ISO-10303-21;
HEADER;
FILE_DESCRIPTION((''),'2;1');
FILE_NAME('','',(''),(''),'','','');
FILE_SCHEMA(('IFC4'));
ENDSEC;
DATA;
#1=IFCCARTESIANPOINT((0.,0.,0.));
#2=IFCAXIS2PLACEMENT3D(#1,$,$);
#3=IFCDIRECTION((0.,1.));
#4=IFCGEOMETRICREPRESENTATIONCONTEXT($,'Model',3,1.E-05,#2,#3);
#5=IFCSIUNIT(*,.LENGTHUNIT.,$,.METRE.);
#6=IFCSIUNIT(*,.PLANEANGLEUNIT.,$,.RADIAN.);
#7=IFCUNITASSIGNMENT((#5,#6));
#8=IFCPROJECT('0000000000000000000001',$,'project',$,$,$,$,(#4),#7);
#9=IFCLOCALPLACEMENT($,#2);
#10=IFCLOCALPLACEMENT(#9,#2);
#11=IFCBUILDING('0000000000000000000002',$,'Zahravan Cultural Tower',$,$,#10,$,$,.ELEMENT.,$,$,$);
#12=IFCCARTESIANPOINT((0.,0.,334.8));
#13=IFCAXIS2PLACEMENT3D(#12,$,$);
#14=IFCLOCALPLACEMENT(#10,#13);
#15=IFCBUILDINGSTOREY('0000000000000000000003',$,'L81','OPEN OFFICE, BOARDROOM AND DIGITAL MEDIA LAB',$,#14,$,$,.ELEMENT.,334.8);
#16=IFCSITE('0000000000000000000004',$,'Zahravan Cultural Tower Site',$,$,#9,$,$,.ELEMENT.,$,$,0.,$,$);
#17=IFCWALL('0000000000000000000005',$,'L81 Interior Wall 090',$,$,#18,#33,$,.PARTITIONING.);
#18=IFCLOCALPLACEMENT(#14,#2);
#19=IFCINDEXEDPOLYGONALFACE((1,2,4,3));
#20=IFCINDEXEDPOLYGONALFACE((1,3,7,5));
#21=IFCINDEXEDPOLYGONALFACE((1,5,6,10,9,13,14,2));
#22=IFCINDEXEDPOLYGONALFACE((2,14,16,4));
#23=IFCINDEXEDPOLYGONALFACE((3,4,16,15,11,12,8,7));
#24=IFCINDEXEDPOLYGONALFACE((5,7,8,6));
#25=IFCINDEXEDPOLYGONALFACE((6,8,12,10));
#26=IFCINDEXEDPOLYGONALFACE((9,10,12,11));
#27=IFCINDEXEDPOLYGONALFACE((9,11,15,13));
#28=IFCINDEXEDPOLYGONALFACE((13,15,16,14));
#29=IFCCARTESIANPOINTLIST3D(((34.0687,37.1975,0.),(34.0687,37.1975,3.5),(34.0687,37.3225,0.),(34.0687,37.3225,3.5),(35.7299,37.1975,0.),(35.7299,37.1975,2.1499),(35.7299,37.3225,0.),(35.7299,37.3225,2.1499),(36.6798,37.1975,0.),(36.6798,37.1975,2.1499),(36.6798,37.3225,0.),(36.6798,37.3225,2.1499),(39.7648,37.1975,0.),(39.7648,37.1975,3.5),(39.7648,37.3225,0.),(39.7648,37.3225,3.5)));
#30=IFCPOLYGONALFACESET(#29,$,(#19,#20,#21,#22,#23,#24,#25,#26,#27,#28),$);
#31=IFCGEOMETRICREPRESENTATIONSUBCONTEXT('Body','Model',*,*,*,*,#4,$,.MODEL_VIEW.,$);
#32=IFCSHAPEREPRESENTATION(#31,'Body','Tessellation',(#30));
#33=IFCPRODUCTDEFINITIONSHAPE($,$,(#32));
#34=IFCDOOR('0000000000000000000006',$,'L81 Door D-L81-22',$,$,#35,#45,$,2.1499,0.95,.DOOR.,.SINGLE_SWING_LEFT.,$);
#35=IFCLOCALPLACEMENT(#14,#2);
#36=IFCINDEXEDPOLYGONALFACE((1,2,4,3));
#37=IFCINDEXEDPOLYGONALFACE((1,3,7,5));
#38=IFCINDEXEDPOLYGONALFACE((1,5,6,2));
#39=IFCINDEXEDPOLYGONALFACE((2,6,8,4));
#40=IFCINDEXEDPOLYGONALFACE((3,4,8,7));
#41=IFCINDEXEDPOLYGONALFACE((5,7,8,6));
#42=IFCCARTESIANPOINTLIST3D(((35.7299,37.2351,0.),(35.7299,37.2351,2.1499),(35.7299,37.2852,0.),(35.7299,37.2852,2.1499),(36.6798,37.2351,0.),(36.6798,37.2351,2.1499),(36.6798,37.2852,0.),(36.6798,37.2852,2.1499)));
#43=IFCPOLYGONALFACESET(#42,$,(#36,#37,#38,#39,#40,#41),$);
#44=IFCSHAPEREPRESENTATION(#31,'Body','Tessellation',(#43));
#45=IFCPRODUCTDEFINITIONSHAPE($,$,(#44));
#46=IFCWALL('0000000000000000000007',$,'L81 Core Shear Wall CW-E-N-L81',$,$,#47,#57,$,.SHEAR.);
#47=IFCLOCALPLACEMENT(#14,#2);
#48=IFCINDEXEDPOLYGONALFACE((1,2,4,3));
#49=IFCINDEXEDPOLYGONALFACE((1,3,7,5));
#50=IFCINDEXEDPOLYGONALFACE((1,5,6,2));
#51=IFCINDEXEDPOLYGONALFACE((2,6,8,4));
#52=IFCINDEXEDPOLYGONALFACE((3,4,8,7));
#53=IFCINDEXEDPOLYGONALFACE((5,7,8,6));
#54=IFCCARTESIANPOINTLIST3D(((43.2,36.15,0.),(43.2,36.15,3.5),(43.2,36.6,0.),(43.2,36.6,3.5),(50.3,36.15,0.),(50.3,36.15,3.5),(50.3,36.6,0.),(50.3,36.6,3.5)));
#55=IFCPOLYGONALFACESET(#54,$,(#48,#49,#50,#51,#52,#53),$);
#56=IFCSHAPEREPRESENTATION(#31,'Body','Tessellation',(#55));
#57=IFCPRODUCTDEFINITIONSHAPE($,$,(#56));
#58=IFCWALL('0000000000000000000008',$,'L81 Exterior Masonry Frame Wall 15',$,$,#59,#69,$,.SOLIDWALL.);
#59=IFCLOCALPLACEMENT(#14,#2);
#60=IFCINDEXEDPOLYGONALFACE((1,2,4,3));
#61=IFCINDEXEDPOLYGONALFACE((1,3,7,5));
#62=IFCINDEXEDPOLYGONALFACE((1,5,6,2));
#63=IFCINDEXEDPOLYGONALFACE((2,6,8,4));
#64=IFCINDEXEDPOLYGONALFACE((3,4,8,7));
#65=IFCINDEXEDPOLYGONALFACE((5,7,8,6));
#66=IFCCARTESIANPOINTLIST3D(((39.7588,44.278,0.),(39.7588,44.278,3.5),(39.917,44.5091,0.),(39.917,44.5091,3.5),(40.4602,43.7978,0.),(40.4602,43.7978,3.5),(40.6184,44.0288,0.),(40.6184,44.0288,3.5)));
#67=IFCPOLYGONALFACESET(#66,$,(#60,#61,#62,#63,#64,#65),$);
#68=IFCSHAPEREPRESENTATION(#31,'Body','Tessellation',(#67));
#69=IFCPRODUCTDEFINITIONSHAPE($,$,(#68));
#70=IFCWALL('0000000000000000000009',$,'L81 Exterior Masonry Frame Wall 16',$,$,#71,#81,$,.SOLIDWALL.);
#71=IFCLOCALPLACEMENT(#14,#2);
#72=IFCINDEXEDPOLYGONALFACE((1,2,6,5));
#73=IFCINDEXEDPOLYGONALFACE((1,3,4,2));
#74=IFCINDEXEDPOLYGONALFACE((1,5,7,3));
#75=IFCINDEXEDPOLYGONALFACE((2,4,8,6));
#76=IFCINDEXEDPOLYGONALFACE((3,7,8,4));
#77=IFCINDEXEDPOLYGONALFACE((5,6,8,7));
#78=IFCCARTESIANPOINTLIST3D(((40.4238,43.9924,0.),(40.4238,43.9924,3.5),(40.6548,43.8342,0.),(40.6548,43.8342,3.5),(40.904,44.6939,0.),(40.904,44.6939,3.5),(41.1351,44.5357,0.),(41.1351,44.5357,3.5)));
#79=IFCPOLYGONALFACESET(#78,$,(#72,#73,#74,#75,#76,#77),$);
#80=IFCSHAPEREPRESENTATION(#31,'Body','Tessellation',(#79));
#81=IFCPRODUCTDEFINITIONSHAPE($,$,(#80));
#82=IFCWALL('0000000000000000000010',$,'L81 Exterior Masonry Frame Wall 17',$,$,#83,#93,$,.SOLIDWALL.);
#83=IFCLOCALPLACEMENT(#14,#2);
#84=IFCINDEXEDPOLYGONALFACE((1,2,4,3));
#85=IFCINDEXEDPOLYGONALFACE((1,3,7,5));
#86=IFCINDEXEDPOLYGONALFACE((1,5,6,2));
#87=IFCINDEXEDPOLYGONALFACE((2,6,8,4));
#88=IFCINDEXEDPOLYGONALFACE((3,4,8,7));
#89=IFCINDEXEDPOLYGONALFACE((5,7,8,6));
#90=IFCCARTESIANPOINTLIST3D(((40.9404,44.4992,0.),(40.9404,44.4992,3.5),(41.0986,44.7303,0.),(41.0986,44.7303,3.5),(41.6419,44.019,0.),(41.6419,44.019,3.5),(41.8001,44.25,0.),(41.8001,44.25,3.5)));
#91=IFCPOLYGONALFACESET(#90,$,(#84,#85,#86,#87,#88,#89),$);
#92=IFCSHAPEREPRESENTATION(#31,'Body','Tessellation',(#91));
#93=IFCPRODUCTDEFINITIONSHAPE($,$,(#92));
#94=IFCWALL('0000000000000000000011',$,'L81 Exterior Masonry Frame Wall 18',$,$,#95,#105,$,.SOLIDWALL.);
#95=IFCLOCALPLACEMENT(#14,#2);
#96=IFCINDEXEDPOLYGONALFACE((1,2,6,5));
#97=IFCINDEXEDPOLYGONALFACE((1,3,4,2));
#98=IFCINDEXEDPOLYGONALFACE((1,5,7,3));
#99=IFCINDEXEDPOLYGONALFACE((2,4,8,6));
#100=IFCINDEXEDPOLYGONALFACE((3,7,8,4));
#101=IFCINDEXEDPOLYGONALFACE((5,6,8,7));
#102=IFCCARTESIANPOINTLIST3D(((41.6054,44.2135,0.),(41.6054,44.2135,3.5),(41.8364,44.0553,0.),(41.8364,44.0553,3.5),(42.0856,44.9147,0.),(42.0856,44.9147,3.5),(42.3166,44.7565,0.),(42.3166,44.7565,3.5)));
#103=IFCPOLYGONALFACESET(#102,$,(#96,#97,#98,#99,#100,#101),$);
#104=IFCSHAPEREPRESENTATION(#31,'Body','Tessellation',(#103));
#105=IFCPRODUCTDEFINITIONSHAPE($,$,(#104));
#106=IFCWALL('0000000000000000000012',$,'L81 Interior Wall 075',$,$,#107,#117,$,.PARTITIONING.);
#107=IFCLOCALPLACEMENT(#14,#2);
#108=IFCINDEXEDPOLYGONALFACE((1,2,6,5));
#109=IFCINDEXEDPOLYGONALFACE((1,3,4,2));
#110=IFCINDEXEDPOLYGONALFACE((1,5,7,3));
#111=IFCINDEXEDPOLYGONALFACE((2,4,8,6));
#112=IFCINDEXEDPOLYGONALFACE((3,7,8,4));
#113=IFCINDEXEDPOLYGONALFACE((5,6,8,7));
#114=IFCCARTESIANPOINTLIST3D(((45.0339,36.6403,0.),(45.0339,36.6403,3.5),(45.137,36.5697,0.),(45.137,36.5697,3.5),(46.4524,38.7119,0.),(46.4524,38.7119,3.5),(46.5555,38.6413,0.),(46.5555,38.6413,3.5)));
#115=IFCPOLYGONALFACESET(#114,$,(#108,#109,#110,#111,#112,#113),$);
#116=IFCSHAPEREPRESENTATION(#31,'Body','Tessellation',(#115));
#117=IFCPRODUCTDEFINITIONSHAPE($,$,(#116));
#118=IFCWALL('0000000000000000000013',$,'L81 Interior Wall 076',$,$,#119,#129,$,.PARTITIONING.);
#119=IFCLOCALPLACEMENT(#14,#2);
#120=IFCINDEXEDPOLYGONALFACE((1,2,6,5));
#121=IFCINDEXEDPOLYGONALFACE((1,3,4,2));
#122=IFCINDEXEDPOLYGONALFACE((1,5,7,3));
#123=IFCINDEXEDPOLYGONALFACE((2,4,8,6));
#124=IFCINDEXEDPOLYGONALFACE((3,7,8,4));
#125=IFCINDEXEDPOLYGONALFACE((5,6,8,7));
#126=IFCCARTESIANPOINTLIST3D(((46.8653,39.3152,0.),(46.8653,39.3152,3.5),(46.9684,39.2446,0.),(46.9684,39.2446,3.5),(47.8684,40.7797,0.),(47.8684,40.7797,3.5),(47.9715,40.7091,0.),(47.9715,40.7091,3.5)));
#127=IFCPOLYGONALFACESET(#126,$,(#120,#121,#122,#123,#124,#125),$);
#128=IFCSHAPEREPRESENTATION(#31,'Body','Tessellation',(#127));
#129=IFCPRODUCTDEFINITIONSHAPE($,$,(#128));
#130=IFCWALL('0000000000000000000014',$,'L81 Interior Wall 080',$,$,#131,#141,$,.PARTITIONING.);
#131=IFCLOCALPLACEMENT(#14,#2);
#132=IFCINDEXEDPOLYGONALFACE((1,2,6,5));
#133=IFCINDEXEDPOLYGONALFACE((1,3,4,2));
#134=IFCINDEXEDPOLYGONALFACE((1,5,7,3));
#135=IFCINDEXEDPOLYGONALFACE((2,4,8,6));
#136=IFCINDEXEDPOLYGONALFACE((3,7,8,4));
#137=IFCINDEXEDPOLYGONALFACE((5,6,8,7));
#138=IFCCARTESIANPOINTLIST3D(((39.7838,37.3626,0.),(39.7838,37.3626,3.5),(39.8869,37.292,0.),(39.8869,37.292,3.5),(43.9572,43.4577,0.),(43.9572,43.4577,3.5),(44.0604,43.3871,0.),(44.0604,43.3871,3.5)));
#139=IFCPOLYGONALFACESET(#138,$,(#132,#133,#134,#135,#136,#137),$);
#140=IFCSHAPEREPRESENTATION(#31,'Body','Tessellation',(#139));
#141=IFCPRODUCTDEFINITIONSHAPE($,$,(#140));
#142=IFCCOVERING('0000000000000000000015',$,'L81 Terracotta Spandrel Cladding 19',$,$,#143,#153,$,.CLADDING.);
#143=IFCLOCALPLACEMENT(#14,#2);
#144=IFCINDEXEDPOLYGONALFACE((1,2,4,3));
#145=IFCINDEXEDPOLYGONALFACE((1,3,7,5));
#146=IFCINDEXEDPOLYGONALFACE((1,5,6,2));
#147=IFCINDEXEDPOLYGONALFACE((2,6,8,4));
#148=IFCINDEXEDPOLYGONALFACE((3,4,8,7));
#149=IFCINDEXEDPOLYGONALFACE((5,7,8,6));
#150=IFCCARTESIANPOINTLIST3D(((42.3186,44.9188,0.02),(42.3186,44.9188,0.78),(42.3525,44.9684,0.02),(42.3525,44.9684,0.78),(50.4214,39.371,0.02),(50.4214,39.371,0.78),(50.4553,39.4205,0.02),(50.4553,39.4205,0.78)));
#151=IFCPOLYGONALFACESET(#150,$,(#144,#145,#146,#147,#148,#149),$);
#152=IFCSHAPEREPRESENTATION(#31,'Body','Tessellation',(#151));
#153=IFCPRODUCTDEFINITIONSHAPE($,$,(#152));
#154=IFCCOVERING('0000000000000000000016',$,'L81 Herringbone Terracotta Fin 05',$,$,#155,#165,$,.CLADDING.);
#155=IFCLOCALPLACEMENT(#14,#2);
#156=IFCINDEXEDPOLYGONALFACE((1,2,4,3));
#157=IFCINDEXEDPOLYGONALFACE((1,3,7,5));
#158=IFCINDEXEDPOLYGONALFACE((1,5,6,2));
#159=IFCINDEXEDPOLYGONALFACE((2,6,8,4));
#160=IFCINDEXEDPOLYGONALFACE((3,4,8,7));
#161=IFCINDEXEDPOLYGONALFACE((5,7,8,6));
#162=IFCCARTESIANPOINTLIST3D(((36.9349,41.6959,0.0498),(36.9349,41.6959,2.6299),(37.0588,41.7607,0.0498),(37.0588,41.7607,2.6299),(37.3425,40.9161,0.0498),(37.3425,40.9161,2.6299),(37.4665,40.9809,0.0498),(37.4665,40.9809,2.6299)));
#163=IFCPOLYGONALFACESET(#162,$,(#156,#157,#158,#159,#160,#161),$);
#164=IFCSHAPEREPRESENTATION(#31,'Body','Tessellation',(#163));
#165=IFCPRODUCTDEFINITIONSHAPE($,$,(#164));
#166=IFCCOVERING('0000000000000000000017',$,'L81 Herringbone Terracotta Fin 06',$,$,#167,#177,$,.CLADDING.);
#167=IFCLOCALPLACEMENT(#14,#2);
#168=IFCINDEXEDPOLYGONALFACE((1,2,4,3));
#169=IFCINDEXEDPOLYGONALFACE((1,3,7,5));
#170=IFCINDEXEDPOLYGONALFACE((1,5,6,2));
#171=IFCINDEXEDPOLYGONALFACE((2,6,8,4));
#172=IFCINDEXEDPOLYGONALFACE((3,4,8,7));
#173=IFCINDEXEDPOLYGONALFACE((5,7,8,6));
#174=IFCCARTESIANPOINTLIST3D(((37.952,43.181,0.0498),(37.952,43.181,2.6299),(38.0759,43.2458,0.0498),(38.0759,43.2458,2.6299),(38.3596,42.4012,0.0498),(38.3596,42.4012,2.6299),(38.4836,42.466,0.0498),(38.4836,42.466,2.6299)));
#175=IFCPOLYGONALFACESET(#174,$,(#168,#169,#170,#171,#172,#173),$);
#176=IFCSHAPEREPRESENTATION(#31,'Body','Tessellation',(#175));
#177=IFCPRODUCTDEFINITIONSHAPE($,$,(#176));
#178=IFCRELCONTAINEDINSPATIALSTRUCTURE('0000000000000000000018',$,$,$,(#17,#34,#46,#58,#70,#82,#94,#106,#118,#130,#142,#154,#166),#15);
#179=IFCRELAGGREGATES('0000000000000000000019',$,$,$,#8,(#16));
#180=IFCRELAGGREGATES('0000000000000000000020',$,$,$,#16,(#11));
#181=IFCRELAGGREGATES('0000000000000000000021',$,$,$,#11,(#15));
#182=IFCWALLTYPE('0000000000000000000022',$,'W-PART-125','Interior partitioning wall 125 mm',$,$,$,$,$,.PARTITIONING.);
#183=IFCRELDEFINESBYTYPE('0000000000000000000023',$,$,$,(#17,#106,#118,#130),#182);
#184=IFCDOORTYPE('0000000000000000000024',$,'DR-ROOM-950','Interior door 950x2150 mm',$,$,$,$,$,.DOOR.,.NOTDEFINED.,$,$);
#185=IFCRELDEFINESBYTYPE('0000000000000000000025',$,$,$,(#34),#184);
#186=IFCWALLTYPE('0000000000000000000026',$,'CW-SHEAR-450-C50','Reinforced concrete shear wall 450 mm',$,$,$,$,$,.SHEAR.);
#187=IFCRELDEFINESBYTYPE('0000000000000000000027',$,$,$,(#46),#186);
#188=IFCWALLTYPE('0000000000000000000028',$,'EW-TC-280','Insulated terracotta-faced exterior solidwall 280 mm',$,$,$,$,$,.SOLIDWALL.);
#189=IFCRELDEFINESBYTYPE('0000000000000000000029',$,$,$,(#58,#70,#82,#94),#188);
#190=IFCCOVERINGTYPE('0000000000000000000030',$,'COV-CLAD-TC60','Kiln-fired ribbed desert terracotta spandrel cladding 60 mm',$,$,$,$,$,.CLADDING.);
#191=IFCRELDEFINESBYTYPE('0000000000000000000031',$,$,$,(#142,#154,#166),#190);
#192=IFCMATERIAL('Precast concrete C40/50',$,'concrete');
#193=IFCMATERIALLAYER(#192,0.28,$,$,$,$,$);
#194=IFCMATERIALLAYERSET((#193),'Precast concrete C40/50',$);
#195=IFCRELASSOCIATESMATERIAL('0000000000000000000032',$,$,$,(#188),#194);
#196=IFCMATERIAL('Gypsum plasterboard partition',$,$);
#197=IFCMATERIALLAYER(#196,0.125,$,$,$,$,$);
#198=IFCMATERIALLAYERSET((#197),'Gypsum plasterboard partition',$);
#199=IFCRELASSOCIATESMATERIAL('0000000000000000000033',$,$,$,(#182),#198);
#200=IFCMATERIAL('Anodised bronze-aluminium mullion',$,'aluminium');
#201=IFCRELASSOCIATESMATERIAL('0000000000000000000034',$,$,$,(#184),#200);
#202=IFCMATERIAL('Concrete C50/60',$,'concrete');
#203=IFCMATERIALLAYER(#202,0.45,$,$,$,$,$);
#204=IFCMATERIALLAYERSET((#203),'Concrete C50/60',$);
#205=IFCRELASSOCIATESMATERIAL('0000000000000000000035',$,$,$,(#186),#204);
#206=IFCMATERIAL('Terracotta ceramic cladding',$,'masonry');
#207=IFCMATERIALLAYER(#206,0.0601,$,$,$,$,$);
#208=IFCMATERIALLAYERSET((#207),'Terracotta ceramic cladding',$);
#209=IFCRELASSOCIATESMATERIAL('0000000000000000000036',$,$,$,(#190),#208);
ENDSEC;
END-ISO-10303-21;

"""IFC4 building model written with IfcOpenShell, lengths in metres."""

from ifc_helpers import new_model, si_unit, direction, frame, frame_2d, origin, origin_2d, place, context, subcontext, project, spatial, rectangle, extrude, source, transform, mapped, material, layer, layer_set, type_object, element, fill, save


model = new_model("IFC4")

# Units and contexts
model_context = context("Model", 3, precision=1e-05, world=origin(), true_north=direction((0.0, 1.0)))
body_context = subcontext(model_context, "Body", "Model", "MODEL_VIEW")
ifc_project = project(units=[si_unit("LENGTHUNIT", "METRE"), si_unit("PLANEANGLEUNIT", "RADIAN")], contexts=[model_context])

# Site, building, storey
site_placement = place(None, origin())
site = spatial("IfcSite", under=ifc_project, at=site_placement, Name="Zahravan Cultural Tower Site", CompositionType="ELEMENT", RefElevation=0.0)
building_placement = place(site_placement, origin())
building = spatial("IfcBuilding", under=site, at=building_placement, Name="Zahravan Cultural Tower", CompositionType="ELEMENT")
storey_placement = place(building_placement, frame((0.0, 0.0, 334.8)))
storey = spatial("IfcBuildingStorey", under=building, at=storey_placement, Name="L81", Description="OPEN OFFICE, BOARDROOM AND DIGITAL MEDIA LAB", CompositionType="ELEMENT", Elevation=334.8)

# Shared definitions
ifc_material_1 = material(Name="Precast concrete C40/50", Category="concrete")
ifc_layer_1 = layer(ifc_material_1, 0.28)
ifc_layer_set_1 = layer_set([ifc_layer_1], Name="Precast concrete C40/50")
wall_type_1 = type_object("IfcWallType", Name="EW-TC-280", Description="Insulated terracotta-faced exterior solidwall 280 mm", PredefinedType="SOLIDWALL", material=ifc_layer_set_1)

# Wall, opening, door
ifc_material_2 = material(Name="Gypsum plasterboard partition")
ifc_layer_2 = layer(ifc_material_2, 0.125)
ifc_layer_set_2 = layer_set([ifc_layer_2], Name="Gypsum plasterboard partition")
wall_type_2 = type_object("IfcWallType", Name="W-PART-125", Description="Interior partitioning wall 125 mm", PredefinedType="PARTITIONING", material=ifc_layer_set_2)
ifc_material_3 = material(Name="Anodised bronze-aluminium mullion", Category="aluminium")
door_type = type_object("IfcDoorType", Name="DR-ROOM-950", Description="Interior door 950x2150 mm", OperationType="NOTDEFINED", PredefinedType="DOOR", material=ifc_material_3)
shared_shape_1 = source(origin(), body_context, "Body", "SweptSolid", [
    extrude(rectangle(XDim=0.95, YDim=2.1499, at=frame_2d((0.4751, 1.075))), frame((0.0, 0.0249, 0.0), z_axis=(0.0, -1.0, 0.0), x_axis=(1.0, 0.0, 0.0)), (0.0, 0.0, 1.0), 0.05),
])
wall_1_placement = place(storey_placement, frame((39.7649, 37.26, 0.0), z_axis=(0.0, 0.0, 1.0), x_axis=(-1.0, 0.0, 0.0)))
wall_1 = element("IfcWall", 1, at=wall_1_placement, inside=storey, type_object=wall_type_2, Name="L81 Interior Wall 090", PredefinedType="PARTITIONING", context=body_context, shape_type="SweptSolid", body=[
    extrude(rectangle(XDim=5.696, YDim=0.125, at=frame_2d((2.8481, 0.0))), origin(), (0.0, 0.0, 1.0), 3.5),
])
opening_1_placement = place(wall_1_placement, frame((3.085, 0.0, 0.0)))
opening_1 = element("IfcOpeningElement", 2, at=opening_1_placement, cuts=wall_1, PredefinedType="OPENING", context=body_context, shape_type="SweptSolid", body=[
    extrude(rectangle(XDim=0.95, YDim=2.1499, at=frame_2d((0.4751, 1.075))), frame((0.0, 0.0725, 0.0), z_axis=(0.0, -1.0, 0.0), x_axis=(1.0, 0.0, 0.0)), (0.0, 0.0, 1.0), 0.145),
])
door_1_placement = place(opening_1_placement, origin())
door_1 = element("IfcDoor", 3, at=door_1_placement, inside=storey, type_object=door_type, Name="L81 Door D-L81-22", OperationType="SINGLE_SWING_LEFT", OverallHeight=2.1499, OverallWidth=0.95, PredefinedType="DOOR", context=body_context, shape_type="MappedRepresentation", body=[
    mapped(shared_shape_1, transform((0.0, 0.0, 0.0), x_axis=(1.0, 0.0, 0.0), y_axis=(0.0, 1.0, 0.0), z_axis=(0.0, 0.0, 1.0), scale=1.0)),
])
fill(opening_1, door_1)

# Walls
ifc_material_4 = material(Name="Concrete C50/60", Category="concrete")
ifc_layer_3 = layer(ifc_material_4, 0.45)
ifc_layer_set_3 = layer_set([ifc_layer_3], Name="Concrete C50/60")
wall_type_3 = type_object("IfcWallType", Name="CW-SHEAR-450-C50", Description="Reinforced concrete shear wall 450 mm", PredefinedType="SHEAR", material=ifc_layer_set_3)
shared_shape_2 = source(origin(), body_context, "Body", "SweptSolid", [
    extrude(rectangle(XDim=7.1001, YDim=0.45, at=frame_2d((3.55, 0.0))), origin(), (0.0, 0.0, 1.0), 3.5),
])
wall_2_placement = place(storey_placement, frame((43.2, 36.375, 0.0), z_axis=(0.0, 0.0, 1.0), x_axis=(1.0, 0.0, 0.0)))
element("IfcWall", 4, at=wall_2_placement, inside=storey, type_object=wall_type_3, Name="L81 Core Shear Wall CW-E-N-L81", PredefinedType="SHEAR", context=body_context, shape_type="MappedRepresentation", body=[
    mapped(shared_shape_2, transform((0.0, 0.0, 0.0), x_axis=(1.0, 0.0, 0.0), y_axis=(0.0, 1.0, 0.0), z_axis=(0.0, 0.0, 1.0), scale=1.0)),
])
shared_shape_3 = source(origin(), body_context, "Body", "SweptSolid", [
    extrude(rectangle(XDim=0.8501, YDim=0.28, at=frame_2d((0.425, 0.0))), origin(), (0.0, 0.0, 1.0), 3.5),
])
for number, where, z_axis, x_axis, name in (
    (5, (39.8379, 44.3936, 0.0), (0.0, 0.0, 1.0), (0.825138, -0.564931, 0.0), "L81 Exterior Masonry Frame Wall 15"),
    (6, (40.5393, 43.9133, 0.0), (0.0, 0.0, 1.0), (0.564931, 0.825138, 0.0), "L81 Exterior Masonry Frame Wall 16"),
    (7, (41.0195, 44.6147, 0.0), (0.0, 0.0, 1.0), (0.825138, -0.564931, 0.0), "L81 Exterior Masonry Frame Wall 17"),
):
    element("IfcWall", number, at=place(storey_placement, frame(where, z_axis=z_axis, x_axis=x_axis)), inside=storey, type_object=wall_type_1, Name=name, PredefinedType="SOLIDWALL", context=body_context, shape_type="MappedRepresentation", body=[
        mapped(shared_shape_3, transform((0.0, 0.0, 0.0), x_axis=(1.0, 0.0, 0.0), y_axis=(0.0, 1.0, 0.0), z_axis=(0.0, 0.0, 1.0), scale=1.0)),
    ])
shared_shape_4 = source(origin(), body_context, "Body", "SweptSolid", [
    extrude(rectangle(XDim=0.8499, YDim=0.28, at=frame_2d((0.4248, 0.0))), origin(), (0.0, 0.0, 1.0), 3.5),
])
wall_3_placement = place(storey_placement, frame((41.7209, 44.1345, 0.0), z_axis=(0.0, 0.0, 1.0), x_axis=(0.565065, 0.825046, 0.0)))
element("IfcWall", 8, at=wall_3_placement, inside=storey, type_object=wall_type_1, Name="L81 Exterior Masonry Frame Wall 18", PredefinedType="SOLIDWALL", context=body_context, shape_type="MappedRepresentation", body=[
    mapped(shared_shape_4, transform((0.0, 0.0, 0.0), x_axis=(1.0, 0.0, 0.0), y_axis=(0.0, 1.0, 0.0), z_axis=(0.0, 0.0, 1.0), scale=1.0)),
])
shared_shape_5 = source(origin(), body_context, "Body", "SweptSolid", [
    extrude(rectangle(XDim=2.5107, YDim=0.125, at=frame_2d((1.2554, 0.0))), origin(), (0.0, 0.0, 1.0), 3.5),
])
wall_4_placement = place(storey_placement, frame((45.0854, 36.605, 0.0), z_axis=(0.0, 0.0, 1.0), x_axis=(0.56498, 0.825104, 0.0)))
element("IfcWall", 9, at=wall_4_placement, inside=storey, type_object=wall_type_2, Name="L81 Interior Wall 075", PredefinedType="PARTITIONING", context=body_context, shape_type="MappedRepresentation", body=[
    mapped(shared_shape_5, transform((0.0, 0.0, 0.0), x_axis=(1.0, 0.0, 0.0), y_axis=(0.0, 1.0, 0.0), z_axis=(0.0, 0.0, 1.0), scale=1.0)),
])
shared_shape_6 = source(origin(), body_context, "Body", "SweptSolid", [
    extrude(rectangle(XDim=1.7751, YDim=0.125, at=frame_2d((0.8877, 0.0))), origin(), (0.0, 0.0, 1.0), 3.5),
])
wall_5_placement = place(storey_placement, frame((46.9167, 39.2798, 0.0), z_axis=(0.0, 0.0, 1.0), x_axis=(0.565098, 0.825024, 0.0)))
element("IfcWall", 10, at=wall_5_placement, inside=storey, type_object=wall_type_2, Name="L81 Interior Wall 076", PredefinedType="PARTITIONING", context=body_context, shape_type="MappedRepresentation", body=[
    mapped(shared_shape_6, transform((0.0, 0.0, 0.0), x_axis=(1.0, 0.0, 0.0), y_axis=(0.0, 1.0, 0.0), z_axis=(0.0, 0.0, 1.0), scale=1.0)),
])
shared_shape_7 = source(origin(), body_context, "Body", "SweptSolid", [
    extrude(rectangle(XDim=7.387, YDim=0.125, at=frame_2d((3.6934, 0.0))), origin(), (0.0, 0.0, 1.0), 3.5),
])
wall_6_placement = place(storey_placement, frame((39.8354, 37.3274, 0.0), z_axis=(0.0, 0.0, 1.0), x_axis=(0.564969, 0.825112, 0.0)))
element("IfcWall", 11, at=wall_6_placement, inside=storey, type_object=wall_type_2, Name="L81 Interior Wall 080", PredefinedType="PARTITIONING", context=body_context, shape_type="MappedRepresentation", body=[
    mapped(shared_shape_7, transform((0.0, 0.0, 0.0), x_axis=(1.0, 0.0, 0.0), y_axis=(0.0, 1.0, 0.0), z_axis=(0.0, 0.0, 1.0), scale=1.0)),
])

# Coverings
ifc_material_5 = material(Name="Terracotta ceramic cladding", Category="masonry")
ifc_layer_4 = layer(ifc_material_5, 0.0601)
ifc_layer_set_4 = layer_set([ifc_layer_4], Name="Terracotta ceramic cladding")
covering_type = type_object("IfcCoveringType", Name="COV-CLAD-TC60", Description="Kiln-fired ribbed desert terracotta spandrel cladding 60 mm", PredefinedType="CLADDING", material=ifc_layer_set_4)
shared_shape_8 = source(origin(), body_context, "Body", "SweptSolid", [
    extrude(rectangle(XDim=9.8201, YDim=0.0601, at=origin_2d()), origin(), (0.0, 0.0, 1.0), 0.76),
])
covering_1_placement = place(storey_placement, frame((46.387, 42.1697, 0.02), z_axis=(0.0, 0.0, 1.0), x_axis=(0.825123, -0.564953, 0.0)))
element("IfcCovering", 12, at=covering_1_placement, inside=storey, type_object=covering_type, Name="L81 Terracotta Spandrel Cladding 19", PredefinedType="CLADDING", context=body_context, shape_type="MappedRepresentation", body=[
    mapped(shared_shape_8, transform((0.0, 0.0, 0.0), x_axis=(1.0, 0.0, 0.0), y_axis=(0.0, 1.0, 0.0), z_axis=(0.0, 0.0, 1.0), scale=1.0)),
])
shared_shape_9 = source(origin(), body_context, "Body", "SweptSolid", [
    extrude(rectangle(XDim=0.8799, YDim=0.1399, at=origin_2d()), origin(), (0.0, 0.0, 1.0), 2.5801),
])
for number, where, z_axis, x_axis, name in (
    (13, (37.2007, 41.3384, 0.0498), (0.0, 0.0, 1.0), (-0.463296, 0.886204, 0.0), "L81 Herringbone Terracotta Fin 05"),
    (14, (38.2178, 42.8235, 0.0498), (0.0, 0.0, 1.0), (-0.463296, 0.886204, 0.0), "L81 Herringbone Terracotta Fin 06"),
):
    element("IfcCovering", number, at=place(storey_placement, frame(where, z_axis=z_axis, x_axis=x_axis)), inside=storey, type_object=covering_type, Name=name, PredefinedType="CLADDING", context=body_context, shape_type="MappedRepresentation", body=[
        mapped(shared_shape_9, transform((0.0, 0.0, 0.0), x_axis=(1.0, 0.0, 0.0), y_axis=(0.0, 1.0, 0.0), z_axis=(0.0, 0.0, 1.0), scale=1.0)),
    ])

save(model, "model.ifc")
